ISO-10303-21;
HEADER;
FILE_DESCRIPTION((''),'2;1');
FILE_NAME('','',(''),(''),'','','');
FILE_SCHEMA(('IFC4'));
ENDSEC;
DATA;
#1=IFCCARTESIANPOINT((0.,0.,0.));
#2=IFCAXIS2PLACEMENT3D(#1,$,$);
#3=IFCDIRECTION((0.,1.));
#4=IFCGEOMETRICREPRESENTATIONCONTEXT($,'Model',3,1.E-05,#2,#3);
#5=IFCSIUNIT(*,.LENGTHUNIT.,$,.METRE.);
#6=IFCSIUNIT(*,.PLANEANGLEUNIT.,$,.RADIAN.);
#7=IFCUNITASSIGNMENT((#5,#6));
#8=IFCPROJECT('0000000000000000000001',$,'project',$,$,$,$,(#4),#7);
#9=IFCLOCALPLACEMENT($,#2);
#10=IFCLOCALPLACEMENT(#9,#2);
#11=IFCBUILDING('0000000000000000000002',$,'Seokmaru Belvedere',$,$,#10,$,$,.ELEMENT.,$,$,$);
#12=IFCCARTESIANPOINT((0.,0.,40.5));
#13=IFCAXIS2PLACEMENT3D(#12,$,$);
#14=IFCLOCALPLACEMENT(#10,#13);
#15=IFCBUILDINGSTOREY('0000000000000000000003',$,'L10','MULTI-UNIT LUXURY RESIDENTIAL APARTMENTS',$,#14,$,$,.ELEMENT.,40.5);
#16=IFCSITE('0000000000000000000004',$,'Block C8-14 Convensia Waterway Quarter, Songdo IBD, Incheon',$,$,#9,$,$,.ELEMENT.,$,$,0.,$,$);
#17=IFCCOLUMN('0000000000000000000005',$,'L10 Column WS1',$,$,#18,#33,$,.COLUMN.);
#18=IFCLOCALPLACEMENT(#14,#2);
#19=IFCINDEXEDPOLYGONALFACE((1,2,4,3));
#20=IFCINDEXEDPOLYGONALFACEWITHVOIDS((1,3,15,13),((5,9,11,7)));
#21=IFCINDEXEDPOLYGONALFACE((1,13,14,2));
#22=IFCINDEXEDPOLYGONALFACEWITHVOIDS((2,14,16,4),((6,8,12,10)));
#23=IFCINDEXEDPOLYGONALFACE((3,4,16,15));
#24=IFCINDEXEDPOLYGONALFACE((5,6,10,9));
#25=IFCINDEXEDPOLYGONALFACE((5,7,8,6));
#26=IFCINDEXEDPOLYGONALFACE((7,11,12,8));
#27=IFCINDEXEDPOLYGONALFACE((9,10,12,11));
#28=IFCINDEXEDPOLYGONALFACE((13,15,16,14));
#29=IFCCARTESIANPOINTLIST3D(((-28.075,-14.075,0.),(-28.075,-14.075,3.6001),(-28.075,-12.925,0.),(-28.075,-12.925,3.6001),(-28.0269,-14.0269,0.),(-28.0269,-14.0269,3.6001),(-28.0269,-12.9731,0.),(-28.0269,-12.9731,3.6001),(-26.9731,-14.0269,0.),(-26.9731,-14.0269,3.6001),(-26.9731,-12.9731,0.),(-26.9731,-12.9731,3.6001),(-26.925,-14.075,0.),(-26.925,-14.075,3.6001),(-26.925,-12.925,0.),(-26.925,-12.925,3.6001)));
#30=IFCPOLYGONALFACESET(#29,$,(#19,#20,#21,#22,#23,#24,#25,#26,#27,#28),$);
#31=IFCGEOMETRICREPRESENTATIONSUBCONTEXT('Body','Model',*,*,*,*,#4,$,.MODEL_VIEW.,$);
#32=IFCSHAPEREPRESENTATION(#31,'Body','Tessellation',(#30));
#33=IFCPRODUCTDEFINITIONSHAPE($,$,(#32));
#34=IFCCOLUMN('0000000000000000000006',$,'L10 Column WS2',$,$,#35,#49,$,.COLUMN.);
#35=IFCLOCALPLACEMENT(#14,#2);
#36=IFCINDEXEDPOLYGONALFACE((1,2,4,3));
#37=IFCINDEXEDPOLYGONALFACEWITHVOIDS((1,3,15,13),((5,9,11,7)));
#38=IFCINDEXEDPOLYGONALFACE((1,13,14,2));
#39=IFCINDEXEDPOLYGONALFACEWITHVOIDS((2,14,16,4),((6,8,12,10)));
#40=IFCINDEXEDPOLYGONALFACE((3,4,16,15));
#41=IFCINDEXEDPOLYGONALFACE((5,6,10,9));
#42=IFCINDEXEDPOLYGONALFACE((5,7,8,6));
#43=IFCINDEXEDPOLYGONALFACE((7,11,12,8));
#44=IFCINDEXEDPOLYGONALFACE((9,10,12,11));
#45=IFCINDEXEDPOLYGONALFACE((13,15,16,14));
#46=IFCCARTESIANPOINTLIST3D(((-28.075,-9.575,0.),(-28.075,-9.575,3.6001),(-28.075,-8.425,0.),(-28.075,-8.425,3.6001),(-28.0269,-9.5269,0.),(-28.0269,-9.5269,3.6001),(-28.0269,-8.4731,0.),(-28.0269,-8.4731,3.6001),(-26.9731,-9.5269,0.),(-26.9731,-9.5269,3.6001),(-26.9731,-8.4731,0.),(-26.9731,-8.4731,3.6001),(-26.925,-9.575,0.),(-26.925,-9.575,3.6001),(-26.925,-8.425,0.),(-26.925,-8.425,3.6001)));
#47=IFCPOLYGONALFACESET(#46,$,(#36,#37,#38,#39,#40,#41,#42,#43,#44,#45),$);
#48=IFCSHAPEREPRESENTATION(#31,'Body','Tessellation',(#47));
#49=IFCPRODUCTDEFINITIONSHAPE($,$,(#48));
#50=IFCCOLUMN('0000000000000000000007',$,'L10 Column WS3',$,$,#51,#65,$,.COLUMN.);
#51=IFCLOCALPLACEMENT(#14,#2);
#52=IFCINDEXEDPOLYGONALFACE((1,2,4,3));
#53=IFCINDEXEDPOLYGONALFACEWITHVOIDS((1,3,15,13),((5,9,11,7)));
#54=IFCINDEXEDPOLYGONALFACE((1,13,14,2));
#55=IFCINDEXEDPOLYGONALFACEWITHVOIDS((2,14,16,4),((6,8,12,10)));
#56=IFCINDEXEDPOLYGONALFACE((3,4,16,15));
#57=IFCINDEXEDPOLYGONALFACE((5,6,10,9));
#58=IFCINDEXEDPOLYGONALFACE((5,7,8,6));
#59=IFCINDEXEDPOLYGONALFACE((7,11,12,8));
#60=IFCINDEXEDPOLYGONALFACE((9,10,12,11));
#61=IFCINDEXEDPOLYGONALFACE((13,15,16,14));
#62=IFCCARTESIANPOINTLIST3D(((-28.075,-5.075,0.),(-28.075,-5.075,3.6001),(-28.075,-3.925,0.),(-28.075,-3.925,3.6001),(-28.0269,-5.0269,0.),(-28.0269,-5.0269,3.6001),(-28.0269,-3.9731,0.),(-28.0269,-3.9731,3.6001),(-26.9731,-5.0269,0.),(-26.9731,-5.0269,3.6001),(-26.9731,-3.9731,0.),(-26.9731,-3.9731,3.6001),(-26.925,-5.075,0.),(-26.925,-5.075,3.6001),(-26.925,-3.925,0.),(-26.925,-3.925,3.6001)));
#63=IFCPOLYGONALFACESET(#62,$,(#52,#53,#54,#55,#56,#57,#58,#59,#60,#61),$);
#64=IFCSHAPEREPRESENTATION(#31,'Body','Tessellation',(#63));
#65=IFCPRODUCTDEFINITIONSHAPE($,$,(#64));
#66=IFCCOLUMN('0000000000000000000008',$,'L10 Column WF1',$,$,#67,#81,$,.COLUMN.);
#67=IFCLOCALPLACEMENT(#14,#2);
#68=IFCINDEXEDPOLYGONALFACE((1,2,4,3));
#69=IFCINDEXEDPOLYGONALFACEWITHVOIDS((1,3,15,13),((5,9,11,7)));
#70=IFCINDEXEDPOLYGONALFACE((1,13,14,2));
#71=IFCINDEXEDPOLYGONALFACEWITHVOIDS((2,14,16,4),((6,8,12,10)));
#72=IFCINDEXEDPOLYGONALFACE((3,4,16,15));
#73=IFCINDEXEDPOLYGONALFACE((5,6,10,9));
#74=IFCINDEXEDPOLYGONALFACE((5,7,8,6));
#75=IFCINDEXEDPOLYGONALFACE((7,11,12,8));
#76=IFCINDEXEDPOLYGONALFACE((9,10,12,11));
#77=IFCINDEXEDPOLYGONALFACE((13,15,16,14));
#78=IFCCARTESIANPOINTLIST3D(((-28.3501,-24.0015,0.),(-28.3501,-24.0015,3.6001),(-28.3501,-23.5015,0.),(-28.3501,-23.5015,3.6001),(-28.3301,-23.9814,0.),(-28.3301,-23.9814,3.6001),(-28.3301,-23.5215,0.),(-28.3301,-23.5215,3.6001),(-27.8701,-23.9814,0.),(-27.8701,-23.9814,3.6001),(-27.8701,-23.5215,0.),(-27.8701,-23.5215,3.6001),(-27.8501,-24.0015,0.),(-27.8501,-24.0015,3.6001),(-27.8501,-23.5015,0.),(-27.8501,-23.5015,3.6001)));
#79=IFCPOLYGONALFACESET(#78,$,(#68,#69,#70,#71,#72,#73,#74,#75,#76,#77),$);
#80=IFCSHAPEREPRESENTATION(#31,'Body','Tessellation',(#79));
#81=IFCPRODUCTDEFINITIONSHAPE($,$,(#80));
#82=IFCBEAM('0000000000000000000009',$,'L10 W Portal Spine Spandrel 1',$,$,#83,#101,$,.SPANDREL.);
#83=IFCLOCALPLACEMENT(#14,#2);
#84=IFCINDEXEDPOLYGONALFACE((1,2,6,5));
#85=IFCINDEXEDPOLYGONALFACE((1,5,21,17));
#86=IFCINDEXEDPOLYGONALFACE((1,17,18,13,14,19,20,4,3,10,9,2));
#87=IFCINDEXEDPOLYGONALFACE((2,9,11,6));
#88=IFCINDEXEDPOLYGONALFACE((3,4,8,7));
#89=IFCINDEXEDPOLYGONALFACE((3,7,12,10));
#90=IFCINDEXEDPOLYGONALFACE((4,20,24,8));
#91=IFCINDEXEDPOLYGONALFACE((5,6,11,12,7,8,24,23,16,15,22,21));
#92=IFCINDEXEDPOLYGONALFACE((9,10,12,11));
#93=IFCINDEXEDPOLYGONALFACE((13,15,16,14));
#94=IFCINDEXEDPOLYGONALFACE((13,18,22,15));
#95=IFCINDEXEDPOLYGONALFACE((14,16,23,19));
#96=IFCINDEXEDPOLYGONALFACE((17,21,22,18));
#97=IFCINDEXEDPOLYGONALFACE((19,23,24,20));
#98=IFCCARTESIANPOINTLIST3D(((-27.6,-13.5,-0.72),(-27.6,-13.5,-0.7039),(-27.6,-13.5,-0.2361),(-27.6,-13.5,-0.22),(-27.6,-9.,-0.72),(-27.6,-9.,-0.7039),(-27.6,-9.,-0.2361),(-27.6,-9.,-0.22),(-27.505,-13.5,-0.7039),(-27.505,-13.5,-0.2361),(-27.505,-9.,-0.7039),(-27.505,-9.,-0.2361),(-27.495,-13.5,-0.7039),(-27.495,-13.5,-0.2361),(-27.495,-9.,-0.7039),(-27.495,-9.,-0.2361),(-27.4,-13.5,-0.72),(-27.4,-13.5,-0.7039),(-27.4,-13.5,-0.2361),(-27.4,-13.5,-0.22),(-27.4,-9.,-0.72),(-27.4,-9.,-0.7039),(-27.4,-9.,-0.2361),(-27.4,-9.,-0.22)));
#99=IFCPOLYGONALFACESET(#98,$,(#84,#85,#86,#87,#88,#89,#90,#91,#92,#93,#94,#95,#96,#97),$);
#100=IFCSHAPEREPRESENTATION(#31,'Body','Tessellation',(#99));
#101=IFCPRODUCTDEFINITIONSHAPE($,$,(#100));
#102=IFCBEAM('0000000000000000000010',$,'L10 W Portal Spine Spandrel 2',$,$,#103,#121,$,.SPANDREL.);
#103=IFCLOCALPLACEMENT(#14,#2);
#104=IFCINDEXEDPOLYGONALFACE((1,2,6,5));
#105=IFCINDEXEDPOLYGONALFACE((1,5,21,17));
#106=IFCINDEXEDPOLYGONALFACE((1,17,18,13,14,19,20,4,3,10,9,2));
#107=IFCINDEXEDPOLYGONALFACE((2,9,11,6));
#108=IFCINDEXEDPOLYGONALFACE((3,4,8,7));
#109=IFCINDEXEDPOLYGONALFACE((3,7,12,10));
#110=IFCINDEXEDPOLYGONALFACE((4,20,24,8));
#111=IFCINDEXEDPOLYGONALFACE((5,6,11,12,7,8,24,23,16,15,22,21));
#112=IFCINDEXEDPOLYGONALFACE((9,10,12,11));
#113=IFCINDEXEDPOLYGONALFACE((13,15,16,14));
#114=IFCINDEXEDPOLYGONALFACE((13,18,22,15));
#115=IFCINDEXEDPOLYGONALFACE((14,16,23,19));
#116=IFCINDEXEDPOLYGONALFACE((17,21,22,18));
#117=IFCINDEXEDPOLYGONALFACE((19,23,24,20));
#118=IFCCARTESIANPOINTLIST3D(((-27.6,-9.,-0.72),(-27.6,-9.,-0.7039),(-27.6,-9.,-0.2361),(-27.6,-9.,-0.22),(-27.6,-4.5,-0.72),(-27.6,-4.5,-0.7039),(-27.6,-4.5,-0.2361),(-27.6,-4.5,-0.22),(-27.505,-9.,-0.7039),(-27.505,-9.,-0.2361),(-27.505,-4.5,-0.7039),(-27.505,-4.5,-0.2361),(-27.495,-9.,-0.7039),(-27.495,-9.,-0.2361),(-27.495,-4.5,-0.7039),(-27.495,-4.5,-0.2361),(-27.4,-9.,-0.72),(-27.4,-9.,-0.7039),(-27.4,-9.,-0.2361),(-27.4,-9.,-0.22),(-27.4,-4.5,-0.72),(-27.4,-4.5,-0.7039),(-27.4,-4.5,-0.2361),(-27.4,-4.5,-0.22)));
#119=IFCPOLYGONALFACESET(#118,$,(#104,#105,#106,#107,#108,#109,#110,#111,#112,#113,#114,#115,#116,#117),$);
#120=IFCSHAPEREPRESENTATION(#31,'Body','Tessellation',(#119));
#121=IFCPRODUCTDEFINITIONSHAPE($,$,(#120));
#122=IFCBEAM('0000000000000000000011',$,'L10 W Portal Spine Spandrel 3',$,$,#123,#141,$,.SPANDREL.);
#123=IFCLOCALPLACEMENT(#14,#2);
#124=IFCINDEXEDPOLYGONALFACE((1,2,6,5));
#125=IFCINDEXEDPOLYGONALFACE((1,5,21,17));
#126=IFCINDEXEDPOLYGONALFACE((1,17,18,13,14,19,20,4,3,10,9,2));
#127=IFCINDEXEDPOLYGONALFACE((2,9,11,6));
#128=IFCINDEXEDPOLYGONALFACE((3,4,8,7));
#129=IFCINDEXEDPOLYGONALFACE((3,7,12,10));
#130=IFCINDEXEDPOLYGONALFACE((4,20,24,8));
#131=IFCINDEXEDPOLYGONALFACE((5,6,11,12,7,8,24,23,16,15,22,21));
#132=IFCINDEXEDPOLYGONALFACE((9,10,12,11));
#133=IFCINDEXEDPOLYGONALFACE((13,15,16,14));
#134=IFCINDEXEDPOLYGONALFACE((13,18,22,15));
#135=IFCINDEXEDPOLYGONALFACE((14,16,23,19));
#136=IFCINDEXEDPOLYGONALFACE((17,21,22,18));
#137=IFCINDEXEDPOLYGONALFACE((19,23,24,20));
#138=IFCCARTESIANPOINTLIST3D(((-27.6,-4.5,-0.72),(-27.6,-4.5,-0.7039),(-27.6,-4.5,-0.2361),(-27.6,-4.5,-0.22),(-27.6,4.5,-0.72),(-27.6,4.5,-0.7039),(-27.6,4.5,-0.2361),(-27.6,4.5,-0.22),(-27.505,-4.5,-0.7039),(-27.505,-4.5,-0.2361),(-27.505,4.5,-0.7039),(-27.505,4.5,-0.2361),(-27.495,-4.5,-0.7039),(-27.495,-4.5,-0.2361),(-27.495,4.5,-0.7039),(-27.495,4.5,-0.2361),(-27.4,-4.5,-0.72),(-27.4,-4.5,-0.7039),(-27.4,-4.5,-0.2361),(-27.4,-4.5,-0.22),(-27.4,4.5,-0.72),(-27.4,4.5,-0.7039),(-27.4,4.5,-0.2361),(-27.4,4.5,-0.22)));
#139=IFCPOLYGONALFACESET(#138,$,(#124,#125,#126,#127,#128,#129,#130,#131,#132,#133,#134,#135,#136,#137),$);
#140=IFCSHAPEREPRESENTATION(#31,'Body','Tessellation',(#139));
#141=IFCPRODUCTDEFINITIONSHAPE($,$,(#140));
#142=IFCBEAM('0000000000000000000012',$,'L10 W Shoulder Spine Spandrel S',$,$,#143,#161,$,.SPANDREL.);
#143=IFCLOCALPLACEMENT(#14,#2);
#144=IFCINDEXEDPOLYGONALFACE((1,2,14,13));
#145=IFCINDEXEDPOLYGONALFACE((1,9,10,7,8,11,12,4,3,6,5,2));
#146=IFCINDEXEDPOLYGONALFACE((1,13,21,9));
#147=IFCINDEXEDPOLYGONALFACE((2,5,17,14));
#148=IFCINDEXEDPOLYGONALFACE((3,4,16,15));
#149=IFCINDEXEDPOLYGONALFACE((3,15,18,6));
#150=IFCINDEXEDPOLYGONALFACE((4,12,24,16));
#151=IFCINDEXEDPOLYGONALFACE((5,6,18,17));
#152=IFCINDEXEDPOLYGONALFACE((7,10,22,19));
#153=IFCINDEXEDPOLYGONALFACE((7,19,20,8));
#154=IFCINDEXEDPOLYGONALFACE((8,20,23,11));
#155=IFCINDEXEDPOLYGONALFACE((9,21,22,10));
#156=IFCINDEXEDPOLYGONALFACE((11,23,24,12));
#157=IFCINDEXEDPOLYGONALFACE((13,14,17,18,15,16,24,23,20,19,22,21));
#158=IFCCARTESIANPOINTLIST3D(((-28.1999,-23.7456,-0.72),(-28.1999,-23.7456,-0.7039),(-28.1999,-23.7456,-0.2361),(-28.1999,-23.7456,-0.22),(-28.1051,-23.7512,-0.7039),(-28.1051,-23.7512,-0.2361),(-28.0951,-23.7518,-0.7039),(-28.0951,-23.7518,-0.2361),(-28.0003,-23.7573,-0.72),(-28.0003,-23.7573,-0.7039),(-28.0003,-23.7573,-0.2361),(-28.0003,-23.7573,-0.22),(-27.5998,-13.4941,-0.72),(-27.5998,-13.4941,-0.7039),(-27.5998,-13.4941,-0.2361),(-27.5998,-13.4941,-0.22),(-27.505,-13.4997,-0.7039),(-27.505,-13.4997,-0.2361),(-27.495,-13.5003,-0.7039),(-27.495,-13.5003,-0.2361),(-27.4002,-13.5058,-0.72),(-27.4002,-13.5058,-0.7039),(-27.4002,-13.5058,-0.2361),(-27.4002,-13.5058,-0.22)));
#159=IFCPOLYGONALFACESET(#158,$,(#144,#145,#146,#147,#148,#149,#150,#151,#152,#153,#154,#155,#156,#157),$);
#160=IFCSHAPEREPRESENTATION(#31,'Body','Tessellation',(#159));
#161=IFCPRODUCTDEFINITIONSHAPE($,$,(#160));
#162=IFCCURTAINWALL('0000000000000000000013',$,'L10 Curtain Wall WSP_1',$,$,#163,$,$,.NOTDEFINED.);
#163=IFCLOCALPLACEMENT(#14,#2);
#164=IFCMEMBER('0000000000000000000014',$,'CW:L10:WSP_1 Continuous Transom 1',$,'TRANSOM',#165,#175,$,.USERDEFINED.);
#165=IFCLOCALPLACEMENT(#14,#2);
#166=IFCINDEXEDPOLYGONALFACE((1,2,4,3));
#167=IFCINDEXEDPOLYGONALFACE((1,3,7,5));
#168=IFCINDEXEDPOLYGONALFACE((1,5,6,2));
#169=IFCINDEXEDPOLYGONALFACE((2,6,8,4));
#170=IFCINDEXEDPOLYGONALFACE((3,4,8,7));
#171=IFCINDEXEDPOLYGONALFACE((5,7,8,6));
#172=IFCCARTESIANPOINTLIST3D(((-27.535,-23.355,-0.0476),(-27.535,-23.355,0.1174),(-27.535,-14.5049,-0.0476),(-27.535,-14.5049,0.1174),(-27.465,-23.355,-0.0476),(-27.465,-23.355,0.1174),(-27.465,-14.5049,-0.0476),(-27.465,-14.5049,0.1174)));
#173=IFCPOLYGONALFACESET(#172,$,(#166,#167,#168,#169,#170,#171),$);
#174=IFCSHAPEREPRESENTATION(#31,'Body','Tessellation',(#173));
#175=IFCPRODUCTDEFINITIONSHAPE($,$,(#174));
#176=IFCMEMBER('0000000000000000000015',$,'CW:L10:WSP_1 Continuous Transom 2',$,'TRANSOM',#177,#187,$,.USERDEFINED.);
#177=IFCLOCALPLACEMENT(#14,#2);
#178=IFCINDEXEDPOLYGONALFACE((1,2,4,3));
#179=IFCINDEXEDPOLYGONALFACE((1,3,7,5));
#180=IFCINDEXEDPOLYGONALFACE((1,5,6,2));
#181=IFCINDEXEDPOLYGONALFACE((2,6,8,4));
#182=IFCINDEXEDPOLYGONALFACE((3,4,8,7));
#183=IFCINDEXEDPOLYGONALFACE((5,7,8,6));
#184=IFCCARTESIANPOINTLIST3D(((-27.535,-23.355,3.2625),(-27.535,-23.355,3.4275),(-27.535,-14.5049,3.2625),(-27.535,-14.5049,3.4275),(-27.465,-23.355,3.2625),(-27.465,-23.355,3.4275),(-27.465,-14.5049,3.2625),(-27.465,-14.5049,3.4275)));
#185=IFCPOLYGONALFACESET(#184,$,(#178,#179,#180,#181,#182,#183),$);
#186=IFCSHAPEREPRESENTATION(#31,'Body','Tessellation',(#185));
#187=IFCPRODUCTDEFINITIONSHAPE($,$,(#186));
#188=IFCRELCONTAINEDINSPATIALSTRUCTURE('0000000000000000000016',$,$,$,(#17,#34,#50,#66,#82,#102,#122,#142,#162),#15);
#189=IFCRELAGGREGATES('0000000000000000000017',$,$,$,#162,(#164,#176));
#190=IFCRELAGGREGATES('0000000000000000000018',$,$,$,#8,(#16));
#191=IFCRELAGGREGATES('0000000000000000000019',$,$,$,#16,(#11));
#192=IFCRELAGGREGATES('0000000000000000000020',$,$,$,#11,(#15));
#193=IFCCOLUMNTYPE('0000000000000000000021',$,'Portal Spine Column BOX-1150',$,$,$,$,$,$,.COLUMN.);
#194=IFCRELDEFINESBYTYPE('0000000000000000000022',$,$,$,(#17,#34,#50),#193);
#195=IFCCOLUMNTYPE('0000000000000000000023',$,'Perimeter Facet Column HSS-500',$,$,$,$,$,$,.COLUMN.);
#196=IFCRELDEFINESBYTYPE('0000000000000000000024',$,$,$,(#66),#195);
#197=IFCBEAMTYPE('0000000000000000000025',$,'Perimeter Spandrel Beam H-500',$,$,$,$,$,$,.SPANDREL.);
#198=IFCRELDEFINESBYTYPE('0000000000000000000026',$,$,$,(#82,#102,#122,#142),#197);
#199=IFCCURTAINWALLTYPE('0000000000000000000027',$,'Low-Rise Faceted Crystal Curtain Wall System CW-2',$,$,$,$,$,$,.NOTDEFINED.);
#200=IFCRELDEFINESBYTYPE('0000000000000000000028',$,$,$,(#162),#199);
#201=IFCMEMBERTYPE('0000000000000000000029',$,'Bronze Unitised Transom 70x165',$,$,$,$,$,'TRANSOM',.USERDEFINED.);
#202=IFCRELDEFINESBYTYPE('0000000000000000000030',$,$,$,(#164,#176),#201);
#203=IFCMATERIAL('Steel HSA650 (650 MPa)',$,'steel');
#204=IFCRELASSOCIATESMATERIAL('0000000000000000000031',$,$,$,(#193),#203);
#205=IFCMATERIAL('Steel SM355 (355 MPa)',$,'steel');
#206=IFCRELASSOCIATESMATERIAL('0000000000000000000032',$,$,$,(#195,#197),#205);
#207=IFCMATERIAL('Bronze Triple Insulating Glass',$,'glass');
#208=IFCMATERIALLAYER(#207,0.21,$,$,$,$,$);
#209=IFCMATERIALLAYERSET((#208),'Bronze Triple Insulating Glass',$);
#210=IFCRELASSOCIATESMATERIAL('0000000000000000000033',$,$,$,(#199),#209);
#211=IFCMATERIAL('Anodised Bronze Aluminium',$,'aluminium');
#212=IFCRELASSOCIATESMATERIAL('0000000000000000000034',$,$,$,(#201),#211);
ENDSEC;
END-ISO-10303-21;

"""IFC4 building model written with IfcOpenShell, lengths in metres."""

from ifc_helpers import new_model, si_unit, direction, frame, origin, origin_2d, place, context, subcontext, project, spatial, rectangle, hollow_rectangle, i_section, extrude, source, transform, mapped, material, layer, layer_set, material_profile, profile_set, type_object, type_shapes, element, aggregate, save


model = new_model("IFC4")

# Units and contexts
model_context = context("Model", 3, precision=1e-05, world=origin(), true_north=direction((0.0, 1.0)))
body_context = subcontext(model_context, "Body", "Model", "MODEL_VIEW")
ifc_project = project(units=[si_unit("LENGTHUNIT", "METRE"), si_unit("PLANEANGLEUNIT", "RADIAN")], contexts=[model_context])

# Site, building, storey
site_placement = place(None, origin())
site = spatial("IfcSite", under=ifc_project, at=site_placement, Name="Block C8-14 Convensia Waterway Quarter, Songdo IBD, Incheon", CompositionType="ELEMENT", RefElevation=0.0)
building_placement = place(site_placement, origin())
building = spatial("IfcBuilding", under=site, at=building_placement, Name="Seokmaru Belvedere", CompositionType="ELEMENT")
storey_placement = place(building_placement, frame((0.0, 0.0, 40.5)))
storey = spatial("IfcBuildingStorey", under=building, at=storey_placement, Name="L10", Description="MULTI-UNIT LUXURY RESIDENTIAL APARTMENTS", CompositionType="ELEMENT", Elevation=40.5)

# Columns
ifc_material_1 = material(Name="Steel HSA650 (650 MPa)", Category="steel")
ifc_material_profile_1 = material_profile(ifc_material_1, hollow_rectangle(XDim=1.1499, YDim=1.1499, WallThickness=0.0481, at=origin_2d()), Name="BOX-1150x1150x48")
ifc_profile_set_1 = profile_set([ifc_material_profile_1], Name="Steel HSA650 (650 MPa)")
column_type_1 = type_object("IfcColumnType", Name="Portal Spine Column BOX-1150", PredefinedType="COLUMN", material=ifc_profile_set_1)
shared_shape_1 = source(origin(), body_context, "Body", "SweptSolid", [
    extrude(hollow_rectangle(XDim=1.1499, YDim=1.1499, WallThickness=0.0481, at=origin_2d()), origin(), (0.0, 0.0, 1.0), 3.6001),
])
type_shapes(column_type_1, [shared_shape_1])
for number, where, z_axis, x_axis, name in (
    (1, (-27.5, -13.5, 0.0), (0.0, 0.0, 1.0), (1.0, 0.0, 0.0), "L10 Column WS1"),
    (2, (-27.5, -9.0, 0.0), (0.0, 0.0, 1.0), (1.0, 0.0, 0.0), "L10 Column WS2"),
    (3, (-27.5, -4.5, 0.0), (0.0, 0.0, 1.0), (1.0, 0.0, 0.0), "L10 Column WS3"),
):
    element("IfcColumn", number, at=place(storey_placement, frame(where, z_axis=z_axis, x_axis=x_axis)), inside=storey, type_object=column_type_1, Name=name, PredefinedType="COLUMN", context=body_context, shape_type="MappedRepresentation", body=[
        mapped(shared_shape_1, transform((0.0, 0.0, 0.0), scale=1.0)),
    ])
ifc_material_2 = material(Name="Steel SM355 (355 MPa)", Category="steel")
ifc_material_profile_2 = material_profile(ifc_material_2, hollow_rectangle(XDim=0.5, YDim=0.5, WallThickness=0.02, at=origin_2d()), Name="HSS-500x500x20")
ifc_profile_set_2 = profile_set([ifc_material_profile_2], Name="Steel SM355 (355 MPa)")
column_type_2 = type_object("IfcColumnType", Name="Perimeter Facet Column HSS-500", PredefinedType="COLUMN", material=ifc_profile_set_2)
shared_shape_2 = source(origin(), body_context, "Body", "SweptSolid", [
    extrude(hollow_rectangle(XDim=0.5, YDim=0.5, WallThickness=0.02, at=origin_2d()), origin(), (0.0, 0.0, 1.0), 3.6001),
])
type_shapes(column_type_2, [shared_shape_2])
column_placement = place(storey_placement, frame((-28.1001, -23.7515, 0.0), z_axis=(0.0, 0.0, 1.0), x_axis=(1.0, 0.0, 0.0)))
element("IfcColumn", 4, at=column_placement, inside=storey, type_object=column_type_2, Name="L10 Column WF1", PredefinedType="COLUMN", context=body_context, shape_type="MappedRepresentation", body=[
    mapped(shared_shape_2, transform((0.0, 0.0, 0.0), scale=1.0)),
])

# Beams
ifc_material_profile_3 = material_profile(ifc_material_2, i_section(OverallWidth=0.2, OverallDepth=0.5, WebThickness=0.01, FlangeThickness=0.0161, at=origin_2d()), Name="H-500x200x10x16")
ifc_profile_set_3 = profile_set([ifc_material_profile_3], Name="Steel SM355 (355 MPa)")
beam_type = type_object("IfcBeamType", Name="Perimeter Spandrel Beam H-500", PredefinedType="SPANDREL", material=ifc_profile_set_3)
shared_shape_3 = source(origin(), body_context, "Body", "SweptSolid", [
    extrude(i_section(OverallWidth=0.2, OverallDepth=0.5, WebThickness=0.01, FlangeThickness=0.0161, at=origin_2d()), origin(), (0.0, 0.0, 1.0), 4.5),
])
for number, where, z_axis, x_axis, name in (
    (5, (-27.5, -13.5, -0.47), (0.0, 1.0, 0.0), (-1.0, 0.0, 0.0), "L10 W Portal Spine Spandrel 1"),
    (6, (-27.5, -9.0, -0.47), (0.0, 1.0, 0.0), (-1.0, 0.0, 0.0), "L10 W Portal Spine Spandrel 2"),
):
    element("IfcBeam", number, at=place(storey_placement, frame(where, z_axis=z_axis, x_axis=x_axis)), inside=storey, type_object=beam_type, Name=name, PredefinedType="SPANDREL", context=body_context, shape_type="MappedRepresentation", body=[
        mapped(shared_shape_3, transform((0.0, 0.0, 0.0), scale=1.0)),
    ])
shared_shape_4 = source(origin(), body_context, "Body", "SweptSolid", [
    extrude(i_section(OverallWidth=0.2, OverallDepth=0.5, WebThickness=0.01, FlangeThickness=0.0161, at=origin_2d()), origin(), (0.0, 0.0, 1.0), 9.0),
])
beam_1_placement = place(storey_placement, frame((-27.5, -4.5, -0.47), z_axis=(0.0, 1.0, 0.0), x_axis=(-1.0, 0.0, 0.0)))
element("IfcBeam", 7, at=beam_1_placement, inside=storey, type_object=beam_type, Name="L10 W Portal Spine Spandrel 3", PredefinedType="SPANDREL", context=body_context, shape_type="MappedRepresentation", body=[
    mapped(shared_shape_4, transform((0.0, 0.0, 0.0), scale=1.0)),
])
shared_shape_5 = source(origin(), body_context, "Body", "SweptSolid", [
    extrude(i_section(OverallWidth=0.2, OverallDepth=0.5, WebThickness=0.01, FlangeThickness=0.0161, at=origin_2d()), origin(), (0.0, 0.0, 1.0), 10.269),
])
type_shapes(beam_type, [shared_shape_3, shared_shape_4, shared_shape_5])
beam_2_placement = place(storey_placement, frame((-28.1001, -23.7515, -0.47), z_axis=(0.058438, 0.998291, 0.0), x_axis=(-0.998291, 0.058438, 0.0)))
element("IfcBeam", 8, at=beam_2_placement, inside=storey, type_object=beam_type, Name="L10 W Shoulder Spine Spandrel S", PredefinedType="SPANDREL", context=body_context, shape_type="MappedRepresentation", body=[
    mapped(shared_shape_5, transform((0.0, 0.0, 0.0), scale=1.0)),
])

# Curtain wall, members
ifc_material_3 = material(Name="Bronze Triple Insulating Glass", Category="glass")
ifc_layer_1 = layer(ifc_material_3, 0.21)
ifc_layer_set_1 = layer_set([ifc_layer_1], Name="Bronze Triple Insulating Glass")
curtain_wall_type = type_object("IfcCurtainWallType", Name="Low-Rise Faceted Crystal Curtain Wall System CW-2", PredefinedType="NOTDEFINED", material=ifc_layer_set_1)
curtain_wall_1_placement = place(storey_placement, origin())
curtain_wall_1 = element("IfcCurtainWall", 9, at=curtain_wall_1_placement, inside=storey, type_object=curtain_wall_type, Name="L10 Curtain Wall WSP_1", PredefinedType="NOTDEFINED")
ifc_material_4 = material(Name="Anodised Bronze Aluminium", Category="aluminium")
ifc_material_profile_4 = material_profile(ifc_material_4, rectangle(XDim=0.0701, YDim=0.165, at=origin_2d()), Name="CW-T-70x165")
ifc_profile_set_4 = profile_set([ifc_material_profile_4], Name="Anodised Bronze Aluminium")
member_type_1 = type_object("IfcMemberType", Name="Bronze Unitised Transom 70x165", ElementType="TRANSOM", PredefinedType="USERDEFINED", material=ifc_profile_set_4)
shared_shape_6 = source(origin(), body_context, "Body", "SweptSolid", [
    extrude(rectangle(XDim=0.0701, YDim=0.165, at=origin_2d()), origin(), (0.0, 0.0, 1.0), 8.8501),
])
member_1_placement = place(storey_placement, frame((-27.5, -23.355, 0.0349), z_axis=(0.0, 1.0, 0.0), x_axis=(-1.0, 0.0, 0.0)))
member_1 = element("IfcMember", 10, at=member_1_placement, type_object=member_type_1, Name="CW:L10:WSP_1 Continuous Transom 1", ObjectType="TRANSOM", PredefinedType="USERDEFINED", context=body_context, shape_type="MappedRepresentation", body=[
    mapped(shared_shape_6, transform((0.0, 0.0, 0.0), scale=1.0)),
])
member_2_placement = place(storey_placement, frame((-27.5, -23.355, 3.345), z_axis=(0.0, 1.0, 0.0), x_axis=(-1.0, 0.0, 0.0)))
member_2 = element("IfcMember", 11, at=member_2_placement, type_object=member_type_1, Name="CW:L10:WSP_1 Continuous Transom 2", ObjectType="TRANSOM", PredefinedType="USERDEFINED", context=body_context, shape_type="MappedRepresentation", body=[
    mapped(shared_shape_6, transform((0.0, 0.0, 0.0), scale=1.0)),
])

aggregate(curtain_wall_1, [member_1, member_2])

save(model, "model.ifc")
